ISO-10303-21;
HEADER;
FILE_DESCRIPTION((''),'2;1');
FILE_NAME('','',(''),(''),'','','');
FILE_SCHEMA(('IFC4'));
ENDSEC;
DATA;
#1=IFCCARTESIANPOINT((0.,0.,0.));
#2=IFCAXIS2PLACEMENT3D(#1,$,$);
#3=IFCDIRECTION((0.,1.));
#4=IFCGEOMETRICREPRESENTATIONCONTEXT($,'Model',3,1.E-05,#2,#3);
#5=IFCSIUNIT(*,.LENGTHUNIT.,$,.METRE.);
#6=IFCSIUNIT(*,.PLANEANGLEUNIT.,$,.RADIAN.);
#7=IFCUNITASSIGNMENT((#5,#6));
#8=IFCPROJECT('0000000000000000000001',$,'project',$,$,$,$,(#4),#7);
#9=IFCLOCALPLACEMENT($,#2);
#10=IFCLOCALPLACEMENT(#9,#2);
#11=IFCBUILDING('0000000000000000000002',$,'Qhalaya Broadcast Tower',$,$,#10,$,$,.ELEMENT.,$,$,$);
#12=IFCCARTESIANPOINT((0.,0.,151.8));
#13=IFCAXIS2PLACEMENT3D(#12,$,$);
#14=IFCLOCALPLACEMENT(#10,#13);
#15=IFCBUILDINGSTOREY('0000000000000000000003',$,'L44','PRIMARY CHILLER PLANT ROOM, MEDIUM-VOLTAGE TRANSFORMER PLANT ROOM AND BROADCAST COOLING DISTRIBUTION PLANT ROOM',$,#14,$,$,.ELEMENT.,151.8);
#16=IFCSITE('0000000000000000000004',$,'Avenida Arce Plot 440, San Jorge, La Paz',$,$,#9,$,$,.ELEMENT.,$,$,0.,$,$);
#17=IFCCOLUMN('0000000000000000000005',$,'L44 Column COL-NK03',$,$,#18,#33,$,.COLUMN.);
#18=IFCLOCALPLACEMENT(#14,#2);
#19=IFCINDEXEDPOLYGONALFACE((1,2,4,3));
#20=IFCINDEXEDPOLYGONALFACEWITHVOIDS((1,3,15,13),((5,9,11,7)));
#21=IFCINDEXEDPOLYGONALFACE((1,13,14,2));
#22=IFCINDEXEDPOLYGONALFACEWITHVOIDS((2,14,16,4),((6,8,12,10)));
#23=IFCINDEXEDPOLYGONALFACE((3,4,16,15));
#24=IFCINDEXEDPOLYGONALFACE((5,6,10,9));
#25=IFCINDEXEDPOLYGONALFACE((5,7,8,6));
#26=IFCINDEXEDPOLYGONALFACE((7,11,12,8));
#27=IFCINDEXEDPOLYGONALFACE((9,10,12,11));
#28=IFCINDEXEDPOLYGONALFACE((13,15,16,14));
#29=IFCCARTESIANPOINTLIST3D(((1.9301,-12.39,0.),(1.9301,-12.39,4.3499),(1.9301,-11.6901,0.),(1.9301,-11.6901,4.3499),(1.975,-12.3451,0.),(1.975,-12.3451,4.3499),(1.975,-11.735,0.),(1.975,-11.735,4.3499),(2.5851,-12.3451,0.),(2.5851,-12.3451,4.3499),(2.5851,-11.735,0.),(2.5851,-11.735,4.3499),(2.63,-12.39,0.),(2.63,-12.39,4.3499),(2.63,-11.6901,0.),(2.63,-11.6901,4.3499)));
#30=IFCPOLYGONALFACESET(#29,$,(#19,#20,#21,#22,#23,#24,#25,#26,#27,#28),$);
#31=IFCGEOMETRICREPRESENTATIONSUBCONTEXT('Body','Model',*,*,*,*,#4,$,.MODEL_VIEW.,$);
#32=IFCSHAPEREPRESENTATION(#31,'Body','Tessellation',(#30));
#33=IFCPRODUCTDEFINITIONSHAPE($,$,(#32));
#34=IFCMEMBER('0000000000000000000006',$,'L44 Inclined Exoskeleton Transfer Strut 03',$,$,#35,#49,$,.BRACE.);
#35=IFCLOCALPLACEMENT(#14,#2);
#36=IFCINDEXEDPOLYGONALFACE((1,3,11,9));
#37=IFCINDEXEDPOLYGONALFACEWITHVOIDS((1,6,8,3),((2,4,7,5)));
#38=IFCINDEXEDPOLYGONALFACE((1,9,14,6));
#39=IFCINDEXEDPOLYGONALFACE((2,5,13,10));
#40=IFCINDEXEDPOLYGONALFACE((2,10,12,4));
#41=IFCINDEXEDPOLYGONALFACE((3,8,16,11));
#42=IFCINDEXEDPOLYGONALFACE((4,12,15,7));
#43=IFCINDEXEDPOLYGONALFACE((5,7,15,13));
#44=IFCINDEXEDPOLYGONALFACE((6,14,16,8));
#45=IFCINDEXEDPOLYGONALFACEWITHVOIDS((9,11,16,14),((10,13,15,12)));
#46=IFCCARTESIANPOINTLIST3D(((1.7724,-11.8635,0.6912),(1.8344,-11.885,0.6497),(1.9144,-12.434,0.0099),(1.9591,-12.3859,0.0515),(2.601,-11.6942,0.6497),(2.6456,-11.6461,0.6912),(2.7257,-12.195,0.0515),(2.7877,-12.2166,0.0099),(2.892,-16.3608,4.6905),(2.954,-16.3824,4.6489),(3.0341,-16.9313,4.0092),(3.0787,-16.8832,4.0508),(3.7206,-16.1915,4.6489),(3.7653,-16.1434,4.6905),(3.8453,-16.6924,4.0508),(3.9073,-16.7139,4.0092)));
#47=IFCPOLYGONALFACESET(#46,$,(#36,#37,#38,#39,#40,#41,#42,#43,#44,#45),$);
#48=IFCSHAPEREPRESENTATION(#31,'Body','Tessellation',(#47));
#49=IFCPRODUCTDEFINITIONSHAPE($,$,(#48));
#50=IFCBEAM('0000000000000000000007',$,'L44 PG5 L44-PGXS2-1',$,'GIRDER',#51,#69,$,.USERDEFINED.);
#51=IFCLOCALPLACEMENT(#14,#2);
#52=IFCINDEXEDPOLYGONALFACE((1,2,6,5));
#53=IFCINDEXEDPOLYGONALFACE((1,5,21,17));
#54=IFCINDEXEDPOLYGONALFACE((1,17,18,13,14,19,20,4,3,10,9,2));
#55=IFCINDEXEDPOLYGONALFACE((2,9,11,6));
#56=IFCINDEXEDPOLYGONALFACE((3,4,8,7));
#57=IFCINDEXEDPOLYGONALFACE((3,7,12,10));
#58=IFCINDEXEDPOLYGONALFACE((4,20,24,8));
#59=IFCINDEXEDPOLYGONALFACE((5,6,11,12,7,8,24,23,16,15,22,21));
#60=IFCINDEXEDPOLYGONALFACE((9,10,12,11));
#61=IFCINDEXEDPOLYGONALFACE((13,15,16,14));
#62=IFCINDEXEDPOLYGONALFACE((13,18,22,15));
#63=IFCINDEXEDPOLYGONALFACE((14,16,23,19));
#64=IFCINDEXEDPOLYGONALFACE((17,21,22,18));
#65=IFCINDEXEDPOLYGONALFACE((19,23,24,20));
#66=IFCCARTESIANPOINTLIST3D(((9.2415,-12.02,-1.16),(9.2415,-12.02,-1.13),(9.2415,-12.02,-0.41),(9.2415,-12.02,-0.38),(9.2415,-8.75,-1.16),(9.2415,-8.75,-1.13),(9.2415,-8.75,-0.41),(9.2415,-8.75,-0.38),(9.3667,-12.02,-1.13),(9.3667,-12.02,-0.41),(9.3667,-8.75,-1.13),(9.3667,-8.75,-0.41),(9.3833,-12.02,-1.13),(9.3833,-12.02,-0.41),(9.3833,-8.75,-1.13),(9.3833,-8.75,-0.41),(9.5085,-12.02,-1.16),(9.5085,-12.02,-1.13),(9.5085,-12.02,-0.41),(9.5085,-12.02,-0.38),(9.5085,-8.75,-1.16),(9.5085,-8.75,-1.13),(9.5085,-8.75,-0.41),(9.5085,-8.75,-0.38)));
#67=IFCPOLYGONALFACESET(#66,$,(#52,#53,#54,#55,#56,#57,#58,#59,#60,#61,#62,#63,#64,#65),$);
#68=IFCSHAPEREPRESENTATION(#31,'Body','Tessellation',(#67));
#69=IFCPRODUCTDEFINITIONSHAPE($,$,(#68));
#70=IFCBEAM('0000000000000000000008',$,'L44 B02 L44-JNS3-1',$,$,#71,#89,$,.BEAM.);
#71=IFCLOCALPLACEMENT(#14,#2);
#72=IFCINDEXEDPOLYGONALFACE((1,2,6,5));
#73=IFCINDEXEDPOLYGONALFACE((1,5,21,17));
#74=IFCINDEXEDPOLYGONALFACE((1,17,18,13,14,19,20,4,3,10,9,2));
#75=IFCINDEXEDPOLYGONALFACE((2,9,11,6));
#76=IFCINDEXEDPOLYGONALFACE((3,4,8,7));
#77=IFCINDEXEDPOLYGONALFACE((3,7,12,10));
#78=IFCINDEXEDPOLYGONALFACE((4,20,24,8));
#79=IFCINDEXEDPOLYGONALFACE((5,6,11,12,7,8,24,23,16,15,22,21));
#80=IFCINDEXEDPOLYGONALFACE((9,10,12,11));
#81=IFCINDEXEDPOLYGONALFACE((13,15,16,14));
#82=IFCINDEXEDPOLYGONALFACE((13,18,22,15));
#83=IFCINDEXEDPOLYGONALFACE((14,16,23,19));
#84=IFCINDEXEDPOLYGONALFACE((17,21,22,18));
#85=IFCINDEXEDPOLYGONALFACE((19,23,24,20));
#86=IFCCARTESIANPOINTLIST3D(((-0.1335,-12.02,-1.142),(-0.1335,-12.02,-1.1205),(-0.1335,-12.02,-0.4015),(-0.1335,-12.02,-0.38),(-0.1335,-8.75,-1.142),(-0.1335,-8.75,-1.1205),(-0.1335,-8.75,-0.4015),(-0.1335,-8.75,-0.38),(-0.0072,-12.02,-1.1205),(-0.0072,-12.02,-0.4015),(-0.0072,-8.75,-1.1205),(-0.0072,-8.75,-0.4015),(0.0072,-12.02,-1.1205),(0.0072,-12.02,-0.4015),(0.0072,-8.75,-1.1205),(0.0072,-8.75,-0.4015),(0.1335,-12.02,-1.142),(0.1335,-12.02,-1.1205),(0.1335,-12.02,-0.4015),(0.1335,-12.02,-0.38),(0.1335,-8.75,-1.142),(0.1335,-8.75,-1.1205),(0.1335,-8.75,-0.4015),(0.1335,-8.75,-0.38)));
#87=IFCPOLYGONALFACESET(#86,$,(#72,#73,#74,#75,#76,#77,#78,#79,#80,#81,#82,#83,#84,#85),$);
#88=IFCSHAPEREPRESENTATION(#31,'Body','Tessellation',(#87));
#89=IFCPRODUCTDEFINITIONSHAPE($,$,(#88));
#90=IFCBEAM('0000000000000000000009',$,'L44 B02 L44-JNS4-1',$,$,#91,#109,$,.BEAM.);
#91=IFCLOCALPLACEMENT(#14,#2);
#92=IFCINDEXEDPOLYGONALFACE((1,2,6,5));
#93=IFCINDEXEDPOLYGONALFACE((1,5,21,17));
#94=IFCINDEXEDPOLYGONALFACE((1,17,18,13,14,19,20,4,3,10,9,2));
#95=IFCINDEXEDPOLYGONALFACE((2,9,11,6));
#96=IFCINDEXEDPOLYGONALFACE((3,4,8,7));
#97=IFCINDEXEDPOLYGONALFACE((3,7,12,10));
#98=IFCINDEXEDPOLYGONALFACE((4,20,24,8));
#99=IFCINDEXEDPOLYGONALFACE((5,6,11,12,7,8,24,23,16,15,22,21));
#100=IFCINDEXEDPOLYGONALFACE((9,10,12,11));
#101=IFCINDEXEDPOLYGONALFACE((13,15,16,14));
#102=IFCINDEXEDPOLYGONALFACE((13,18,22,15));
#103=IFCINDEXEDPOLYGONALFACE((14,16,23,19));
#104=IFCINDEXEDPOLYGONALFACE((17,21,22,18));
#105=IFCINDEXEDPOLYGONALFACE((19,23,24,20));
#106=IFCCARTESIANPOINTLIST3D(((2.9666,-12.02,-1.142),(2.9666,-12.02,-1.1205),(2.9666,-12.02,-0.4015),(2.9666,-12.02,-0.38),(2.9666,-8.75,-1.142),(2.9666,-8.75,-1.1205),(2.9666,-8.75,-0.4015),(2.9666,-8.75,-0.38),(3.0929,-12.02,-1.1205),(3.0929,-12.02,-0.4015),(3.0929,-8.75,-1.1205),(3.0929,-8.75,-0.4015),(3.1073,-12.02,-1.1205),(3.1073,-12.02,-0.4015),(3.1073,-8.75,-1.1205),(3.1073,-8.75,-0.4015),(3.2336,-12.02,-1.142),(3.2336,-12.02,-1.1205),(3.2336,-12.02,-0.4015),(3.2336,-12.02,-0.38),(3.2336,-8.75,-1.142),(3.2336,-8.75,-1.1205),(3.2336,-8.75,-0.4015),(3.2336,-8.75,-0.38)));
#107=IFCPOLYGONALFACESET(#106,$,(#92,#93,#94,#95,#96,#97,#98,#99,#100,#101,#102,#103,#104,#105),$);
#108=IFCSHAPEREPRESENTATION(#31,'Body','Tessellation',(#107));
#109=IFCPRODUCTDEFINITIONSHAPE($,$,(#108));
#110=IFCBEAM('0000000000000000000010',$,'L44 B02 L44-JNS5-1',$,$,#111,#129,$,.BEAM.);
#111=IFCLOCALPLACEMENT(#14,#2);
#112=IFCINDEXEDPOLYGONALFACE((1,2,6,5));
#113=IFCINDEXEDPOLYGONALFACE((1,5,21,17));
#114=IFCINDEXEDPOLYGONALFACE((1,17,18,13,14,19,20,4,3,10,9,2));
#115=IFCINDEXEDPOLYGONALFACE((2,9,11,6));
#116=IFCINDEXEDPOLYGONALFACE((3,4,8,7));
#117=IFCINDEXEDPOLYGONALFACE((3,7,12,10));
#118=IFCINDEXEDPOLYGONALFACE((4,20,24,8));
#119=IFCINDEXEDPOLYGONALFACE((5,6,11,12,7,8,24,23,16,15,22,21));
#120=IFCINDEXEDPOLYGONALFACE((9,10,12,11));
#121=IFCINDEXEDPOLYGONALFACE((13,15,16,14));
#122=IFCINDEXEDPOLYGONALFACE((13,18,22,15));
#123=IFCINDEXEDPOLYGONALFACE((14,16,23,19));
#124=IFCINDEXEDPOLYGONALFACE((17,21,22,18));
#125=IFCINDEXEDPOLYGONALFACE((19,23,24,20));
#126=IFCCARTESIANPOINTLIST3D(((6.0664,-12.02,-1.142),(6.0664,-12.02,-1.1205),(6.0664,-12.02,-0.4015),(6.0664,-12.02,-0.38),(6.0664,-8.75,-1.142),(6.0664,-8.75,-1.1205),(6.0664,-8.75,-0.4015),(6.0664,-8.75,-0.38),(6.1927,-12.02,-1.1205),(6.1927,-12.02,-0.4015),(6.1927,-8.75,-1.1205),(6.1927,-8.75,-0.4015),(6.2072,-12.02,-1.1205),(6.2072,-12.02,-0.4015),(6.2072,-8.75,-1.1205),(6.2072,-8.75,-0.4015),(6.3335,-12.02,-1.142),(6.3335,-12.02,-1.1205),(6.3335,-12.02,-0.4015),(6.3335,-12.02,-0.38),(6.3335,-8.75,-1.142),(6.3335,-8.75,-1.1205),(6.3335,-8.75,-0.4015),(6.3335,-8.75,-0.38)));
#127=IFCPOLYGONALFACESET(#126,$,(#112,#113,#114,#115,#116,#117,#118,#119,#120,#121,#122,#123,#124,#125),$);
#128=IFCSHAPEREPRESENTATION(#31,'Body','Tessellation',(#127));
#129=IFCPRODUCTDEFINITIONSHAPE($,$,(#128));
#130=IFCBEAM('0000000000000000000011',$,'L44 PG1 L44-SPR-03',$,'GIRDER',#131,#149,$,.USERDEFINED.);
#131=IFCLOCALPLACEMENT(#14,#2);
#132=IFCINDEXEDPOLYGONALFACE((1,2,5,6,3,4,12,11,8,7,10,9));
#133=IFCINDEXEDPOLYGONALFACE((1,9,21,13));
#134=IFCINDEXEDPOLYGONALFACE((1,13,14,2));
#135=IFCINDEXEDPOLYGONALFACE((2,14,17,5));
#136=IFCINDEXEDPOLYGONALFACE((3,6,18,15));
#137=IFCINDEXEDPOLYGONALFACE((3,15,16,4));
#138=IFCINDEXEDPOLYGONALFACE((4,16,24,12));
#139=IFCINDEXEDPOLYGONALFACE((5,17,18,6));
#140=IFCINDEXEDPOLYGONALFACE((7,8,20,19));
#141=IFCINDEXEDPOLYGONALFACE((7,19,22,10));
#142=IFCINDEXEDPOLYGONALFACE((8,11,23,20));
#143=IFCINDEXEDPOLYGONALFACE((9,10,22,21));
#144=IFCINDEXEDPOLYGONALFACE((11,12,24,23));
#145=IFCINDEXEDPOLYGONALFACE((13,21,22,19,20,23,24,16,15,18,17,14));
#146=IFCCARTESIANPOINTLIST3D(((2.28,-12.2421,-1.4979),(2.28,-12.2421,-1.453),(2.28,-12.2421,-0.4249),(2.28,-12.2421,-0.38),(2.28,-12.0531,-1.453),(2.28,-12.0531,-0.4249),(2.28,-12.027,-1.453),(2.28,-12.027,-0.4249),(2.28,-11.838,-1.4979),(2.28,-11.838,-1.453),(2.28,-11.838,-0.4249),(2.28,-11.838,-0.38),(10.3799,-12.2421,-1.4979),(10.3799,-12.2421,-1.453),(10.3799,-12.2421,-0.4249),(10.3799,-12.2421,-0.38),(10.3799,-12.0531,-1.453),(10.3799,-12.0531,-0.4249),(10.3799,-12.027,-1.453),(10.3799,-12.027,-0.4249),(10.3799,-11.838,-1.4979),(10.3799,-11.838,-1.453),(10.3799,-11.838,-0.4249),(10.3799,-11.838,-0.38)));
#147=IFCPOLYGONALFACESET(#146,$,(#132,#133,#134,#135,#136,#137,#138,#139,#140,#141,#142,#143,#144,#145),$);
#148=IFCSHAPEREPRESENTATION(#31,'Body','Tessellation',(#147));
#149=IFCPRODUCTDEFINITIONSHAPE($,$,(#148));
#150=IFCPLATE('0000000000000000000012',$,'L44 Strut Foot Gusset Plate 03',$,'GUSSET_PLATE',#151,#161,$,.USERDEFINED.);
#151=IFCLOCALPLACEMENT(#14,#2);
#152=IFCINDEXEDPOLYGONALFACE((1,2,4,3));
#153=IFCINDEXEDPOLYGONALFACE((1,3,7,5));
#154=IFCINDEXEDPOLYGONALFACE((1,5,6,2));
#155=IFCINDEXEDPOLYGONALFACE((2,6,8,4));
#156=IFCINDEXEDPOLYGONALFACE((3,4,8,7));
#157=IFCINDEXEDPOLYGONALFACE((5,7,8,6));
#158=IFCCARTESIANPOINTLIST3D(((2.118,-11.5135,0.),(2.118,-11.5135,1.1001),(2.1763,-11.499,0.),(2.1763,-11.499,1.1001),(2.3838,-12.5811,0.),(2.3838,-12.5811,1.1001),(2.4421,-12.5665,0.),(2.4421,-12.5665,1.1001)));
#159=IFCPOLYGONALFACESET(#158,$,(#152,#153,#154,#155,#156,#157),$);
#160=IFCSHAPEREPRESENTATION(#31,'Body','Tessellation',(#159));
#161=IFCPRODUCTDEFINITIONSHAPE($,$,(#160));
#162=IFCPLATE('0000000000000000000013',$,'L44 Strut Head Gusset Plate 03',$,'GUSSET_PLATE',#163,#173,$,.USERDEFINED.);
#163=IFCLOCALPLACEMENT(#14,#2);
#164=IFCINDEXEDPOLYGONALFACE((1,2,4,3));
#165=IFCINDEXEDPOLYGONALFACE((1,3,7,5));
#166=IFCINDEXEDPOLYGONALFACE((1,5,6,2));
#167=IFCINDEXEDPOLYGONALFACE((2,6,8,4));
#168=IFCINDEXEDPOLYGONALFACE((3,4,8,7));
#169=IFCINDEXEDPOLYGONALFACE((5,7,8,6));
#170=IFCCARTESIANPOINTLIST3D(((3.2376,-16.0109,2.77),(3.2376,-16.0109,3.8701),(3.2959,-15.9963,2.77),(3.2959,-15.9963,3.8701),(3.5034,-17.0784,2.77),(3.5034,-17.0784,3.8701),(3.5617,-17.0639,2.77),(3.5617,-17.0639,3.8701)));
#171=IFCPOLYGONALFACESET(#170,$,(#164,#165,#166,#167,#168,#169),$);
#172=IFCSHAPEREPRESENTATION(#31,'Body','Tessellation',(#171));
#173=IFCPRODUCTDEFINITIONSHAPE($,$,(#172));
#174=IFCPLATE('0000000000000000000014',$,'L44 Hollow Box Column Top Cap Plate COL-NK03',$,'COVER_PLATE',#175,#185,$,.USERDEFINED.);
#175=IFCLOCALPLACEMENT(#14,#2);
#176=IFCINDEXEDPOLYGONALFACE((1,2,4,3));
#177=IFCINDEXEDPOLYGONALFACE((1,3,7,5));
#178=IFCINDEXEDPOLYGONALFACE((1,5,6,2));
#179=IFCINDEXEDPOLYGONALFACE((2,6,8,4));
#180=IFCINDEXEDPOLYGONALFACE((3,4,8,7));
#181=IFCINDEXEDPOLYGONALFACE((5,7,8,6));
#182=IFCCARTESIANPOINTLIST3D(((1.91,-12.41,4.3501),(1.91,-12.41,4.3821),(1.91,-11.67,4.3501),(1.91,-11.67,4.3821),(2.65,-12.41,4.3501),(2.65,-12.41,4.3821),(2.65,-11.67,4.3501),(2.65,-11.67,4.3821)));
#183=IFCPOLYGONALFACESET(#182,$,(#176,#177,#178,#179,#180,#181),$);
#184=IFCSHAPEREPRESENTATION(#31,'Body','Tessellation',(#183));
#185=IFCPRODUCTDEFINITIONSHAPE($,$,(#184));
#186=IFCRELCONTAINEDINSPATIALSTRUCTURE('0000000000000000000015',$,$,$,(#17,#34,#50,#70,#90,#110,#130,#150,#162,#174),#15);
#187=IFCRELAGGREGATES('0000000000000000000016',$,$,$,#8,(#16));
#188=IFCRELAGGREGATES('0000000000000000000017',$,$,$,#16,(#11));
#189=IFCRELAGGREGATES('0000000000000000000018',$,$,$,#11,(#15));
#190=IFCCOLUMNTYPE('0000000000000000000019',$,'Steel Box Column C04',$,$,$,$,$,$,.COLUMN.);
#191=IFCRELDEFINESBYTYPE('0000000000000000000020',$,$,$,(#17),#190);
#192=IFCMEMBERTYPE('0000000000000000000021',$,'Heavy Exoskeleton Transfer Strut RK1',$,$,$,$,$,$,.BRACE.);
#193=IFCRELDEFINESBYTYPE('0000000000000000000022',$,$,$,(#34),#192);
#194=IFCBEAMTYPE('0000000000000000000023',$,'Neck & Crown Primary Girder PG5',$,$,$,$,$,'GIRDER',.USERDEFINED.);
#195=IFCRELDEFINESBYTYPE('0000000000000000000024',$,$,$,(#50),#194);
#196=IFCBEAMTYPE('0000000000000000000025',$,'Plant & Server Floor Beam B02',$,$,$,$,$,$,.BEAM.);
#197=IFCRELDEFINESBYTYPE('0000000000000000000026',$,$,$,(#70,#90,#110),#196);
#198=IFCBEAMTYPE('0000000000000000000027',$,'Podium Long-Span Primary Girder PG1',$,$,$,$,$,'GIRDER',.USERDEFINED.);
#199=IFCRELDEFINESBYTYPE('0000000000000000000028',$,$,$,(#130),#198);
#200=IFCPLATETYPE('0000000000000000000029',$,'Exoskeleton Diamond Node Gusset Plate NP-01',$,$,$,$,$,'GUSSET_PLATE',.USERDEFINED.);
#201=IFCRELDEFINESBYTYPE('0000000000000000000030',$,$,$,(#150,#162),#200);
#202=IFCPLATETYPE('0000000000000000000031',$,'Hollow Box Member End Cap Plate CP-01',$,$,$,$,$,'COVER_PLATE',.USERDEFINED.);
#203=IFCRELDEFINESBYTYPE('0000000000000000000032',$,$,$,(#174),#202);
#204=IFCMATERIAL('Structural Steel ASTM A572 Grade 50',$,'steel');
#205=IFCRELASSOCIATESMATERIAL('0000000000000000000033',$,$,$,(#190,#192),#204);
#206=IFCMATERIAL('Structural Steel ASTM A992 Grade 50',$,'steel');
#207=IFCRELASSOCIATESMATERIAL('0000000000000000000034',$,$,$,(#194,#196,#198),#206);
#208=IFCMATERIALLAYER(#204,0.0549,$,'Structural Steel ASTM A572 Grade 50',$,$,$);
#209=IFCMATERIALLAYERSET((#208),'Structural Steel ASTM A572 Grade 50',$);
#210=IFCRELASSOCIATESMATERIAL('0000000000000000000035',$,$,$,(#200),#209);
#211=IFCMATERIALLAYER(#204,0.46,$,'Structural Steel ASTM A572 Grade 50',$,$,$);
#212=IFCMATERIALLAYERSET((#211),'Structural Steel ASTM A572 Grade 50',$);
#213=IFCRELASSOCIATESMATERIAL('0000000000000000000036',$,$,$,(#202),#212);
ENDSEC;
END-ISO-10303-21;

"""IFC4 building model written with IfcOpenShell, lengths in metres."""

from ifc_helpers import new_model, si_unit, direction, frame, origin, origin_2d, place, context, subcontext, project, spatial, rectangle, hollow_rectangle, i_section, extrude, material, layer, layer_set, material_profile, profile_set, type_object, element, save


model = new_model("IFC4")

# Units and contexts
model_context = context("Model", 3, precision=1e-05, world=origin(), true_north=direction((0.0, 1.0)))
body_context = subcontext(model_context, "Body", "Model", "MODEL_VIEW")
ifc_project = project(units=[si_unit("LENGTHUNIT", "METRE"), si_unit("PLANEANGLEUNIT", "RADIAN")], contexts=[model_context])

# Site, building, storey
site_placement = place(None, origin())
site = spatial("IfcSite", under=ifc_project, at=site_placement, Name="Avenida Arce Plot 440, San Jorge, La Paz", CompositionType="ELEMENT", RefElevation=0.0)
building_placement = place(site_placement, origin())
building = spatial("IfcBuilding", under=site, at=building_placement, Name="Qhalaya Broadcast Tower", CompositionType="ELEMENT")
storey_placement = place(building_placement, frame((0.0, 0.0, 151.8)))
storey = spatial("IfcBuildingStorey", under=building, at=storey_placement, Name="L44", Description="PRIMARY CHILLER PLANT ROOM, MEDIUM-VOLTAGE TRANSFORMER PLANT ROOM AND BROADCAST COOLING DISTRIBUTION PLANT ROOM", CompositionType="ELEMENT", Elevation=151.8)

# Column
ifc_material_1 = material(Name="Structural Steel ASTM A572 Grade 50", Category="steel")
ifc_material_profile_1 = material_profile(ifc_material_1, hollow_rectangle(XDim=0.7, YDim=0.7, WallThickness=0.0449, at=origin_2d()), Name="BOX 700x700x45")
ifc_profile_set_1 = profile_set([ifc_material_profile_1], Name="Structural Steel ASTM A572 Grade 50")
column_type = type_object("IfcColumnType", Name="Steel Box Column C04", PredefinedType="COLUMN", material=ifc_profile_set_1)
column_placement = place(storey_placement, frame((2.28, -12.04, 0.0), z_axis=(0.0, 0.0, 1.0), x_axis=(1.0, 0.0, 0.0)))
element("IfcColumn", 1, at=column_placement, inside=storey, type_object=column_type, Name="L44 Column COL-NK03", PredefinedType="COLUMN", context=body_context, shape_type="SweptSolid", body=[
    extrude(hollow_rectangle(XDim=0.7, YDim=0.7, WallThickness=0.0449, at=origin_2d()), origin(), (0.0, 0.0, 1.0), 4.3499),
])

# Member
ifc_material_profile_2 = material_profile(ifc_material_1, hollow_rectangle(XDim=0.8999, YDim=0.8999, WallThickness=0.0549, at=origin_2d()), Name="BOX 900x900x55")
ifc_profile_set_2 = profile_set([ifc_material_profile_2], Name="Structural Steel ASTM A572 Grade 50")
member_type = type_object("IfcMemberType", Name="Heavy Exoskeleton Transfer Strut RK1", PredefinedType="BRACE", material=ifc_profile_set_2)
member_placement = place(storey_placement, frame((2.28, -12.04, 0.3506), z_axis=(0.182899, -0.734668, 0.653308), x_axis=(0.970381, 0.241581, 0.0)))
element("IfcMember", 2, at=member_placement, inside=storey, type_object=member_type, Name="L44 Inclined Exoskeleton Transfer Strut 03", PredefinedType="BRACE", context=body_context, shape_type="SweptSolid", body=[
    extrude(hollow_rectangle(XDim=0.8999, YDim=0.8999, WallThickness=0.0549, at=origin_2d()), origin(), (0.0, 0.0, 1.0), 6.1216),
])

# Beams
ifc_material_2 = material(Name="Structural Steel ASTM A992 Grade 50", Category="steel")
ifc_material_profile_3 = material_profile(ifc_material_2, i_section(OverallWidth=0.2671, OverallDepth=0.78, WebThickness=0.0166, FlangeThickness=0.03, at=origin_2d()), Name="W30X148")
ifc_profile_set_3 = profile_set([ifc_material_profile_3], Name="Structural Steel ASTM A992 Grade 50")
beam_type_1 = type_object("IfcBeamType", Name="Neck & Crown Primary Girder PG5", ElementType="GIRDER", PredefinedType="USERDEFINED", material=ifc_profile_set_3)
beam_1_placement = place(storey_placement, frame((9.375, -12.02, -0.77), z_axis=(0.0, 1.0, 0.0), x_axis=(-1.0, 0.0, 0.0)))
element("IfcBeam", 3, at=beam_1_placement, inside=storey, type_object=beam_type_1, Name="L44 PG5 L44-PGXS2-1", ObjectType="GIRDER", PredefinedType="USERDEFINED", context=body_context, shape_type="SweptSolid", body=[
    extrude(i_section(OverallWidth=0.2671, OverallDepth=0.78, WebThickness=0.0166, FlangeThickness=0.03, at=origin_2d()), origin(), (0.0, 0.0, 1.0), 3.27),
])
ifc_material_profile_4 = material_profile(ifc_material_2, i_section(OverallWidth=0.2671, OverallDepth=0.762, WebThickness=0.0144, FlangeThickness=0.0215, at=origin_2d()), Name="W30X116")
ifc_profile_set_4 = profile_set([ifc_material_profile_4], Name="Structural Steel ASTM A992 Grade 50")
beam_type_2 = type_object("IfcBeamType", Name="Plant & Server Floor Beam B02", PredefinedType="BEAM", material=ifc_profile_set_4)
for number, where, z_axis, x_axis, name in (
    (4, (0.0, -12.02, -0.761), (0.0, 1.0, 0.0), (-1.0, 0.0, 0.0), "L44 B02 L44-JNS3-1"),
    (5, (3.1001, -12.02, -0.761), (0.0, 1.0, 0.0), (-1.0, 0.0, 0.0), "L44 B02 L44-JNS4-1"),
    (6, (6.2, -12.02, -0.761), (0.0, 1.0, 0.0), (-1.0, 0.0, 0.0), "L44 B02 L44-JNS5-1"),
):
    element("IfcBeam", number, at=place(storey_placement, frame(where, z_axis=z_axis, x_axis=x_axis)), inside=storey, type_object=beam_type_2, Name=name, PredefinedType="BEAM", context=body_context, shape_type="SweptSolid", body=[
        extrude(i_section(OverallWidth=0.2671, OverallDepth=0.762, WebThickness=0.0144, FlangeThickness=0.0215, at=origin_2d()), origin(), (0.0, 0.0, 1.0), 3.27),
    ])
ifc_material_profile_5 = material_profile(ifc_material_2, i_section(OverallWidth=0.4041, OverallDepth=1.1179, WebThickness=0.0261, FlangeThickness=0.0449, at=origin_2d()), Name="W44X335")
ifc_profile_set_5 = profile_set([ifc_material_profile_5], Name="Structural Steel ASTM A992 Grade 50")
beam_type_3 = type_object("IfcBeamType", Name="Podium Long-Span Primary Girder PG1", ElementType="GIRDER", PredefinedType="USERDEFINED", material=ifc_profile_set_5)
beam_2_placement = place(storey_placement, frame((2.28, -12.04, -0.939), z_axis=(1.0, 0.0, 0.0), x_axis=(0.0, 1.0, 0.0)))
element("IfcBeam", 7, at=beam_2_placement, inside=storey, type_object=beam_type_3, Name="L44 PG1 L44-SPR-03", ObjectType="GIRDER", PredefinedType="USERDEFINED", context=body_context, shape_type="SweptSolid", body=[
    extrude(i_section(OverallWidth=0.4041, OverallDepth=1.1179, WebThickness=0.0261, FlangeThickness=0.0449, at=origin_2d()), origin(), (0.0, 0.0, 1.0), 8.0999),
])

# Plates
ifc_layer_1 = layer(ifc_material_1, 0.0549, Name="Structural Steel ASTM A572 Grade 50")
ifc_layer_set_1 = layer_set([ifc_layer_1], Name="Structural Steel ASTM A572 Grade 50")
plate_type_1 = type_object("IfcPlateType", Name="Exoskeleton Diamond Node Gusset Plate NP-01", ElementType="GUSSET_PLATE", PredefinedType="USERDEFINED", material=ifc_layer_set_1)
for number, where, z_axis, x_axis, name in (
    (8, (2.28, -12.04, 0.0), (0.0, 0.0, 1.0), (0.241583, -0.97038, 0.0), "L44 Strut Foot Gusset Plate 03"),
    (9, (3.3997, -16.5374, 2.77), (0.0, 0.0, 1.0), (0.241583, -0.97038, 0.0), "L44 Strut Head Gusset Plate 03"),
):
    element("IfcPlate", number, at=place(storey_placement, frame(where, z_axis=z_axis, x_axis=x_axis)), inside=storey, type_object=plate_type_1, Name=name, ObjectType="GUSSET_PLATE", PredefinedType="USERDEFINED", context=body_context, shape_type="SweptSolid", body=[
        extrude(rectangle(XDim=1.1001, YDim=0.0601, at=origin_2d()), origin(), (0.0, 0.0, 1.0), 1.1001),
    ])
ifc_layer_2 = layer(ifc_material_1, 0.46, Name="Structural Steel ASTM A572 Grade 50")
ifc_layer_set_2 = layer_set([ifc_layer_2], Name="Structural Steel ASTM A572 Grade 50")
plate_type_2 = type_object("IfcPlateType", Name="Hollow Box Member End Cap Plate CP-01", ElementType="COVER_PLATE", PredefinedType="USERDEFINED", material=ifc_layer_set_2)
plate_1_placement = place(storey_placement, frame((2.28, -12.04, 4.3501), z_axis=(0.0, 0.0, 1.0), x_axis=(1.0, 0.0, 0.0)))
element("IfcPlate", 10, at=plate_1_placement, inside=storey, type_object=plate_type_2, Name="L44 Hollow Box Column Top Cap Plate COL-NK03", ObjectType="COVER_PLATE", PredefinedType="USERDEFINED", context=body_context, shape_type="SweptSolid", body=[
    extrude(rectangle(XDim=0.74, YDim=0.74, at=origin_2d()), origin(), (0.0, 0.0, 1.0), 0.032),
])

save(model, "model.ifc")
